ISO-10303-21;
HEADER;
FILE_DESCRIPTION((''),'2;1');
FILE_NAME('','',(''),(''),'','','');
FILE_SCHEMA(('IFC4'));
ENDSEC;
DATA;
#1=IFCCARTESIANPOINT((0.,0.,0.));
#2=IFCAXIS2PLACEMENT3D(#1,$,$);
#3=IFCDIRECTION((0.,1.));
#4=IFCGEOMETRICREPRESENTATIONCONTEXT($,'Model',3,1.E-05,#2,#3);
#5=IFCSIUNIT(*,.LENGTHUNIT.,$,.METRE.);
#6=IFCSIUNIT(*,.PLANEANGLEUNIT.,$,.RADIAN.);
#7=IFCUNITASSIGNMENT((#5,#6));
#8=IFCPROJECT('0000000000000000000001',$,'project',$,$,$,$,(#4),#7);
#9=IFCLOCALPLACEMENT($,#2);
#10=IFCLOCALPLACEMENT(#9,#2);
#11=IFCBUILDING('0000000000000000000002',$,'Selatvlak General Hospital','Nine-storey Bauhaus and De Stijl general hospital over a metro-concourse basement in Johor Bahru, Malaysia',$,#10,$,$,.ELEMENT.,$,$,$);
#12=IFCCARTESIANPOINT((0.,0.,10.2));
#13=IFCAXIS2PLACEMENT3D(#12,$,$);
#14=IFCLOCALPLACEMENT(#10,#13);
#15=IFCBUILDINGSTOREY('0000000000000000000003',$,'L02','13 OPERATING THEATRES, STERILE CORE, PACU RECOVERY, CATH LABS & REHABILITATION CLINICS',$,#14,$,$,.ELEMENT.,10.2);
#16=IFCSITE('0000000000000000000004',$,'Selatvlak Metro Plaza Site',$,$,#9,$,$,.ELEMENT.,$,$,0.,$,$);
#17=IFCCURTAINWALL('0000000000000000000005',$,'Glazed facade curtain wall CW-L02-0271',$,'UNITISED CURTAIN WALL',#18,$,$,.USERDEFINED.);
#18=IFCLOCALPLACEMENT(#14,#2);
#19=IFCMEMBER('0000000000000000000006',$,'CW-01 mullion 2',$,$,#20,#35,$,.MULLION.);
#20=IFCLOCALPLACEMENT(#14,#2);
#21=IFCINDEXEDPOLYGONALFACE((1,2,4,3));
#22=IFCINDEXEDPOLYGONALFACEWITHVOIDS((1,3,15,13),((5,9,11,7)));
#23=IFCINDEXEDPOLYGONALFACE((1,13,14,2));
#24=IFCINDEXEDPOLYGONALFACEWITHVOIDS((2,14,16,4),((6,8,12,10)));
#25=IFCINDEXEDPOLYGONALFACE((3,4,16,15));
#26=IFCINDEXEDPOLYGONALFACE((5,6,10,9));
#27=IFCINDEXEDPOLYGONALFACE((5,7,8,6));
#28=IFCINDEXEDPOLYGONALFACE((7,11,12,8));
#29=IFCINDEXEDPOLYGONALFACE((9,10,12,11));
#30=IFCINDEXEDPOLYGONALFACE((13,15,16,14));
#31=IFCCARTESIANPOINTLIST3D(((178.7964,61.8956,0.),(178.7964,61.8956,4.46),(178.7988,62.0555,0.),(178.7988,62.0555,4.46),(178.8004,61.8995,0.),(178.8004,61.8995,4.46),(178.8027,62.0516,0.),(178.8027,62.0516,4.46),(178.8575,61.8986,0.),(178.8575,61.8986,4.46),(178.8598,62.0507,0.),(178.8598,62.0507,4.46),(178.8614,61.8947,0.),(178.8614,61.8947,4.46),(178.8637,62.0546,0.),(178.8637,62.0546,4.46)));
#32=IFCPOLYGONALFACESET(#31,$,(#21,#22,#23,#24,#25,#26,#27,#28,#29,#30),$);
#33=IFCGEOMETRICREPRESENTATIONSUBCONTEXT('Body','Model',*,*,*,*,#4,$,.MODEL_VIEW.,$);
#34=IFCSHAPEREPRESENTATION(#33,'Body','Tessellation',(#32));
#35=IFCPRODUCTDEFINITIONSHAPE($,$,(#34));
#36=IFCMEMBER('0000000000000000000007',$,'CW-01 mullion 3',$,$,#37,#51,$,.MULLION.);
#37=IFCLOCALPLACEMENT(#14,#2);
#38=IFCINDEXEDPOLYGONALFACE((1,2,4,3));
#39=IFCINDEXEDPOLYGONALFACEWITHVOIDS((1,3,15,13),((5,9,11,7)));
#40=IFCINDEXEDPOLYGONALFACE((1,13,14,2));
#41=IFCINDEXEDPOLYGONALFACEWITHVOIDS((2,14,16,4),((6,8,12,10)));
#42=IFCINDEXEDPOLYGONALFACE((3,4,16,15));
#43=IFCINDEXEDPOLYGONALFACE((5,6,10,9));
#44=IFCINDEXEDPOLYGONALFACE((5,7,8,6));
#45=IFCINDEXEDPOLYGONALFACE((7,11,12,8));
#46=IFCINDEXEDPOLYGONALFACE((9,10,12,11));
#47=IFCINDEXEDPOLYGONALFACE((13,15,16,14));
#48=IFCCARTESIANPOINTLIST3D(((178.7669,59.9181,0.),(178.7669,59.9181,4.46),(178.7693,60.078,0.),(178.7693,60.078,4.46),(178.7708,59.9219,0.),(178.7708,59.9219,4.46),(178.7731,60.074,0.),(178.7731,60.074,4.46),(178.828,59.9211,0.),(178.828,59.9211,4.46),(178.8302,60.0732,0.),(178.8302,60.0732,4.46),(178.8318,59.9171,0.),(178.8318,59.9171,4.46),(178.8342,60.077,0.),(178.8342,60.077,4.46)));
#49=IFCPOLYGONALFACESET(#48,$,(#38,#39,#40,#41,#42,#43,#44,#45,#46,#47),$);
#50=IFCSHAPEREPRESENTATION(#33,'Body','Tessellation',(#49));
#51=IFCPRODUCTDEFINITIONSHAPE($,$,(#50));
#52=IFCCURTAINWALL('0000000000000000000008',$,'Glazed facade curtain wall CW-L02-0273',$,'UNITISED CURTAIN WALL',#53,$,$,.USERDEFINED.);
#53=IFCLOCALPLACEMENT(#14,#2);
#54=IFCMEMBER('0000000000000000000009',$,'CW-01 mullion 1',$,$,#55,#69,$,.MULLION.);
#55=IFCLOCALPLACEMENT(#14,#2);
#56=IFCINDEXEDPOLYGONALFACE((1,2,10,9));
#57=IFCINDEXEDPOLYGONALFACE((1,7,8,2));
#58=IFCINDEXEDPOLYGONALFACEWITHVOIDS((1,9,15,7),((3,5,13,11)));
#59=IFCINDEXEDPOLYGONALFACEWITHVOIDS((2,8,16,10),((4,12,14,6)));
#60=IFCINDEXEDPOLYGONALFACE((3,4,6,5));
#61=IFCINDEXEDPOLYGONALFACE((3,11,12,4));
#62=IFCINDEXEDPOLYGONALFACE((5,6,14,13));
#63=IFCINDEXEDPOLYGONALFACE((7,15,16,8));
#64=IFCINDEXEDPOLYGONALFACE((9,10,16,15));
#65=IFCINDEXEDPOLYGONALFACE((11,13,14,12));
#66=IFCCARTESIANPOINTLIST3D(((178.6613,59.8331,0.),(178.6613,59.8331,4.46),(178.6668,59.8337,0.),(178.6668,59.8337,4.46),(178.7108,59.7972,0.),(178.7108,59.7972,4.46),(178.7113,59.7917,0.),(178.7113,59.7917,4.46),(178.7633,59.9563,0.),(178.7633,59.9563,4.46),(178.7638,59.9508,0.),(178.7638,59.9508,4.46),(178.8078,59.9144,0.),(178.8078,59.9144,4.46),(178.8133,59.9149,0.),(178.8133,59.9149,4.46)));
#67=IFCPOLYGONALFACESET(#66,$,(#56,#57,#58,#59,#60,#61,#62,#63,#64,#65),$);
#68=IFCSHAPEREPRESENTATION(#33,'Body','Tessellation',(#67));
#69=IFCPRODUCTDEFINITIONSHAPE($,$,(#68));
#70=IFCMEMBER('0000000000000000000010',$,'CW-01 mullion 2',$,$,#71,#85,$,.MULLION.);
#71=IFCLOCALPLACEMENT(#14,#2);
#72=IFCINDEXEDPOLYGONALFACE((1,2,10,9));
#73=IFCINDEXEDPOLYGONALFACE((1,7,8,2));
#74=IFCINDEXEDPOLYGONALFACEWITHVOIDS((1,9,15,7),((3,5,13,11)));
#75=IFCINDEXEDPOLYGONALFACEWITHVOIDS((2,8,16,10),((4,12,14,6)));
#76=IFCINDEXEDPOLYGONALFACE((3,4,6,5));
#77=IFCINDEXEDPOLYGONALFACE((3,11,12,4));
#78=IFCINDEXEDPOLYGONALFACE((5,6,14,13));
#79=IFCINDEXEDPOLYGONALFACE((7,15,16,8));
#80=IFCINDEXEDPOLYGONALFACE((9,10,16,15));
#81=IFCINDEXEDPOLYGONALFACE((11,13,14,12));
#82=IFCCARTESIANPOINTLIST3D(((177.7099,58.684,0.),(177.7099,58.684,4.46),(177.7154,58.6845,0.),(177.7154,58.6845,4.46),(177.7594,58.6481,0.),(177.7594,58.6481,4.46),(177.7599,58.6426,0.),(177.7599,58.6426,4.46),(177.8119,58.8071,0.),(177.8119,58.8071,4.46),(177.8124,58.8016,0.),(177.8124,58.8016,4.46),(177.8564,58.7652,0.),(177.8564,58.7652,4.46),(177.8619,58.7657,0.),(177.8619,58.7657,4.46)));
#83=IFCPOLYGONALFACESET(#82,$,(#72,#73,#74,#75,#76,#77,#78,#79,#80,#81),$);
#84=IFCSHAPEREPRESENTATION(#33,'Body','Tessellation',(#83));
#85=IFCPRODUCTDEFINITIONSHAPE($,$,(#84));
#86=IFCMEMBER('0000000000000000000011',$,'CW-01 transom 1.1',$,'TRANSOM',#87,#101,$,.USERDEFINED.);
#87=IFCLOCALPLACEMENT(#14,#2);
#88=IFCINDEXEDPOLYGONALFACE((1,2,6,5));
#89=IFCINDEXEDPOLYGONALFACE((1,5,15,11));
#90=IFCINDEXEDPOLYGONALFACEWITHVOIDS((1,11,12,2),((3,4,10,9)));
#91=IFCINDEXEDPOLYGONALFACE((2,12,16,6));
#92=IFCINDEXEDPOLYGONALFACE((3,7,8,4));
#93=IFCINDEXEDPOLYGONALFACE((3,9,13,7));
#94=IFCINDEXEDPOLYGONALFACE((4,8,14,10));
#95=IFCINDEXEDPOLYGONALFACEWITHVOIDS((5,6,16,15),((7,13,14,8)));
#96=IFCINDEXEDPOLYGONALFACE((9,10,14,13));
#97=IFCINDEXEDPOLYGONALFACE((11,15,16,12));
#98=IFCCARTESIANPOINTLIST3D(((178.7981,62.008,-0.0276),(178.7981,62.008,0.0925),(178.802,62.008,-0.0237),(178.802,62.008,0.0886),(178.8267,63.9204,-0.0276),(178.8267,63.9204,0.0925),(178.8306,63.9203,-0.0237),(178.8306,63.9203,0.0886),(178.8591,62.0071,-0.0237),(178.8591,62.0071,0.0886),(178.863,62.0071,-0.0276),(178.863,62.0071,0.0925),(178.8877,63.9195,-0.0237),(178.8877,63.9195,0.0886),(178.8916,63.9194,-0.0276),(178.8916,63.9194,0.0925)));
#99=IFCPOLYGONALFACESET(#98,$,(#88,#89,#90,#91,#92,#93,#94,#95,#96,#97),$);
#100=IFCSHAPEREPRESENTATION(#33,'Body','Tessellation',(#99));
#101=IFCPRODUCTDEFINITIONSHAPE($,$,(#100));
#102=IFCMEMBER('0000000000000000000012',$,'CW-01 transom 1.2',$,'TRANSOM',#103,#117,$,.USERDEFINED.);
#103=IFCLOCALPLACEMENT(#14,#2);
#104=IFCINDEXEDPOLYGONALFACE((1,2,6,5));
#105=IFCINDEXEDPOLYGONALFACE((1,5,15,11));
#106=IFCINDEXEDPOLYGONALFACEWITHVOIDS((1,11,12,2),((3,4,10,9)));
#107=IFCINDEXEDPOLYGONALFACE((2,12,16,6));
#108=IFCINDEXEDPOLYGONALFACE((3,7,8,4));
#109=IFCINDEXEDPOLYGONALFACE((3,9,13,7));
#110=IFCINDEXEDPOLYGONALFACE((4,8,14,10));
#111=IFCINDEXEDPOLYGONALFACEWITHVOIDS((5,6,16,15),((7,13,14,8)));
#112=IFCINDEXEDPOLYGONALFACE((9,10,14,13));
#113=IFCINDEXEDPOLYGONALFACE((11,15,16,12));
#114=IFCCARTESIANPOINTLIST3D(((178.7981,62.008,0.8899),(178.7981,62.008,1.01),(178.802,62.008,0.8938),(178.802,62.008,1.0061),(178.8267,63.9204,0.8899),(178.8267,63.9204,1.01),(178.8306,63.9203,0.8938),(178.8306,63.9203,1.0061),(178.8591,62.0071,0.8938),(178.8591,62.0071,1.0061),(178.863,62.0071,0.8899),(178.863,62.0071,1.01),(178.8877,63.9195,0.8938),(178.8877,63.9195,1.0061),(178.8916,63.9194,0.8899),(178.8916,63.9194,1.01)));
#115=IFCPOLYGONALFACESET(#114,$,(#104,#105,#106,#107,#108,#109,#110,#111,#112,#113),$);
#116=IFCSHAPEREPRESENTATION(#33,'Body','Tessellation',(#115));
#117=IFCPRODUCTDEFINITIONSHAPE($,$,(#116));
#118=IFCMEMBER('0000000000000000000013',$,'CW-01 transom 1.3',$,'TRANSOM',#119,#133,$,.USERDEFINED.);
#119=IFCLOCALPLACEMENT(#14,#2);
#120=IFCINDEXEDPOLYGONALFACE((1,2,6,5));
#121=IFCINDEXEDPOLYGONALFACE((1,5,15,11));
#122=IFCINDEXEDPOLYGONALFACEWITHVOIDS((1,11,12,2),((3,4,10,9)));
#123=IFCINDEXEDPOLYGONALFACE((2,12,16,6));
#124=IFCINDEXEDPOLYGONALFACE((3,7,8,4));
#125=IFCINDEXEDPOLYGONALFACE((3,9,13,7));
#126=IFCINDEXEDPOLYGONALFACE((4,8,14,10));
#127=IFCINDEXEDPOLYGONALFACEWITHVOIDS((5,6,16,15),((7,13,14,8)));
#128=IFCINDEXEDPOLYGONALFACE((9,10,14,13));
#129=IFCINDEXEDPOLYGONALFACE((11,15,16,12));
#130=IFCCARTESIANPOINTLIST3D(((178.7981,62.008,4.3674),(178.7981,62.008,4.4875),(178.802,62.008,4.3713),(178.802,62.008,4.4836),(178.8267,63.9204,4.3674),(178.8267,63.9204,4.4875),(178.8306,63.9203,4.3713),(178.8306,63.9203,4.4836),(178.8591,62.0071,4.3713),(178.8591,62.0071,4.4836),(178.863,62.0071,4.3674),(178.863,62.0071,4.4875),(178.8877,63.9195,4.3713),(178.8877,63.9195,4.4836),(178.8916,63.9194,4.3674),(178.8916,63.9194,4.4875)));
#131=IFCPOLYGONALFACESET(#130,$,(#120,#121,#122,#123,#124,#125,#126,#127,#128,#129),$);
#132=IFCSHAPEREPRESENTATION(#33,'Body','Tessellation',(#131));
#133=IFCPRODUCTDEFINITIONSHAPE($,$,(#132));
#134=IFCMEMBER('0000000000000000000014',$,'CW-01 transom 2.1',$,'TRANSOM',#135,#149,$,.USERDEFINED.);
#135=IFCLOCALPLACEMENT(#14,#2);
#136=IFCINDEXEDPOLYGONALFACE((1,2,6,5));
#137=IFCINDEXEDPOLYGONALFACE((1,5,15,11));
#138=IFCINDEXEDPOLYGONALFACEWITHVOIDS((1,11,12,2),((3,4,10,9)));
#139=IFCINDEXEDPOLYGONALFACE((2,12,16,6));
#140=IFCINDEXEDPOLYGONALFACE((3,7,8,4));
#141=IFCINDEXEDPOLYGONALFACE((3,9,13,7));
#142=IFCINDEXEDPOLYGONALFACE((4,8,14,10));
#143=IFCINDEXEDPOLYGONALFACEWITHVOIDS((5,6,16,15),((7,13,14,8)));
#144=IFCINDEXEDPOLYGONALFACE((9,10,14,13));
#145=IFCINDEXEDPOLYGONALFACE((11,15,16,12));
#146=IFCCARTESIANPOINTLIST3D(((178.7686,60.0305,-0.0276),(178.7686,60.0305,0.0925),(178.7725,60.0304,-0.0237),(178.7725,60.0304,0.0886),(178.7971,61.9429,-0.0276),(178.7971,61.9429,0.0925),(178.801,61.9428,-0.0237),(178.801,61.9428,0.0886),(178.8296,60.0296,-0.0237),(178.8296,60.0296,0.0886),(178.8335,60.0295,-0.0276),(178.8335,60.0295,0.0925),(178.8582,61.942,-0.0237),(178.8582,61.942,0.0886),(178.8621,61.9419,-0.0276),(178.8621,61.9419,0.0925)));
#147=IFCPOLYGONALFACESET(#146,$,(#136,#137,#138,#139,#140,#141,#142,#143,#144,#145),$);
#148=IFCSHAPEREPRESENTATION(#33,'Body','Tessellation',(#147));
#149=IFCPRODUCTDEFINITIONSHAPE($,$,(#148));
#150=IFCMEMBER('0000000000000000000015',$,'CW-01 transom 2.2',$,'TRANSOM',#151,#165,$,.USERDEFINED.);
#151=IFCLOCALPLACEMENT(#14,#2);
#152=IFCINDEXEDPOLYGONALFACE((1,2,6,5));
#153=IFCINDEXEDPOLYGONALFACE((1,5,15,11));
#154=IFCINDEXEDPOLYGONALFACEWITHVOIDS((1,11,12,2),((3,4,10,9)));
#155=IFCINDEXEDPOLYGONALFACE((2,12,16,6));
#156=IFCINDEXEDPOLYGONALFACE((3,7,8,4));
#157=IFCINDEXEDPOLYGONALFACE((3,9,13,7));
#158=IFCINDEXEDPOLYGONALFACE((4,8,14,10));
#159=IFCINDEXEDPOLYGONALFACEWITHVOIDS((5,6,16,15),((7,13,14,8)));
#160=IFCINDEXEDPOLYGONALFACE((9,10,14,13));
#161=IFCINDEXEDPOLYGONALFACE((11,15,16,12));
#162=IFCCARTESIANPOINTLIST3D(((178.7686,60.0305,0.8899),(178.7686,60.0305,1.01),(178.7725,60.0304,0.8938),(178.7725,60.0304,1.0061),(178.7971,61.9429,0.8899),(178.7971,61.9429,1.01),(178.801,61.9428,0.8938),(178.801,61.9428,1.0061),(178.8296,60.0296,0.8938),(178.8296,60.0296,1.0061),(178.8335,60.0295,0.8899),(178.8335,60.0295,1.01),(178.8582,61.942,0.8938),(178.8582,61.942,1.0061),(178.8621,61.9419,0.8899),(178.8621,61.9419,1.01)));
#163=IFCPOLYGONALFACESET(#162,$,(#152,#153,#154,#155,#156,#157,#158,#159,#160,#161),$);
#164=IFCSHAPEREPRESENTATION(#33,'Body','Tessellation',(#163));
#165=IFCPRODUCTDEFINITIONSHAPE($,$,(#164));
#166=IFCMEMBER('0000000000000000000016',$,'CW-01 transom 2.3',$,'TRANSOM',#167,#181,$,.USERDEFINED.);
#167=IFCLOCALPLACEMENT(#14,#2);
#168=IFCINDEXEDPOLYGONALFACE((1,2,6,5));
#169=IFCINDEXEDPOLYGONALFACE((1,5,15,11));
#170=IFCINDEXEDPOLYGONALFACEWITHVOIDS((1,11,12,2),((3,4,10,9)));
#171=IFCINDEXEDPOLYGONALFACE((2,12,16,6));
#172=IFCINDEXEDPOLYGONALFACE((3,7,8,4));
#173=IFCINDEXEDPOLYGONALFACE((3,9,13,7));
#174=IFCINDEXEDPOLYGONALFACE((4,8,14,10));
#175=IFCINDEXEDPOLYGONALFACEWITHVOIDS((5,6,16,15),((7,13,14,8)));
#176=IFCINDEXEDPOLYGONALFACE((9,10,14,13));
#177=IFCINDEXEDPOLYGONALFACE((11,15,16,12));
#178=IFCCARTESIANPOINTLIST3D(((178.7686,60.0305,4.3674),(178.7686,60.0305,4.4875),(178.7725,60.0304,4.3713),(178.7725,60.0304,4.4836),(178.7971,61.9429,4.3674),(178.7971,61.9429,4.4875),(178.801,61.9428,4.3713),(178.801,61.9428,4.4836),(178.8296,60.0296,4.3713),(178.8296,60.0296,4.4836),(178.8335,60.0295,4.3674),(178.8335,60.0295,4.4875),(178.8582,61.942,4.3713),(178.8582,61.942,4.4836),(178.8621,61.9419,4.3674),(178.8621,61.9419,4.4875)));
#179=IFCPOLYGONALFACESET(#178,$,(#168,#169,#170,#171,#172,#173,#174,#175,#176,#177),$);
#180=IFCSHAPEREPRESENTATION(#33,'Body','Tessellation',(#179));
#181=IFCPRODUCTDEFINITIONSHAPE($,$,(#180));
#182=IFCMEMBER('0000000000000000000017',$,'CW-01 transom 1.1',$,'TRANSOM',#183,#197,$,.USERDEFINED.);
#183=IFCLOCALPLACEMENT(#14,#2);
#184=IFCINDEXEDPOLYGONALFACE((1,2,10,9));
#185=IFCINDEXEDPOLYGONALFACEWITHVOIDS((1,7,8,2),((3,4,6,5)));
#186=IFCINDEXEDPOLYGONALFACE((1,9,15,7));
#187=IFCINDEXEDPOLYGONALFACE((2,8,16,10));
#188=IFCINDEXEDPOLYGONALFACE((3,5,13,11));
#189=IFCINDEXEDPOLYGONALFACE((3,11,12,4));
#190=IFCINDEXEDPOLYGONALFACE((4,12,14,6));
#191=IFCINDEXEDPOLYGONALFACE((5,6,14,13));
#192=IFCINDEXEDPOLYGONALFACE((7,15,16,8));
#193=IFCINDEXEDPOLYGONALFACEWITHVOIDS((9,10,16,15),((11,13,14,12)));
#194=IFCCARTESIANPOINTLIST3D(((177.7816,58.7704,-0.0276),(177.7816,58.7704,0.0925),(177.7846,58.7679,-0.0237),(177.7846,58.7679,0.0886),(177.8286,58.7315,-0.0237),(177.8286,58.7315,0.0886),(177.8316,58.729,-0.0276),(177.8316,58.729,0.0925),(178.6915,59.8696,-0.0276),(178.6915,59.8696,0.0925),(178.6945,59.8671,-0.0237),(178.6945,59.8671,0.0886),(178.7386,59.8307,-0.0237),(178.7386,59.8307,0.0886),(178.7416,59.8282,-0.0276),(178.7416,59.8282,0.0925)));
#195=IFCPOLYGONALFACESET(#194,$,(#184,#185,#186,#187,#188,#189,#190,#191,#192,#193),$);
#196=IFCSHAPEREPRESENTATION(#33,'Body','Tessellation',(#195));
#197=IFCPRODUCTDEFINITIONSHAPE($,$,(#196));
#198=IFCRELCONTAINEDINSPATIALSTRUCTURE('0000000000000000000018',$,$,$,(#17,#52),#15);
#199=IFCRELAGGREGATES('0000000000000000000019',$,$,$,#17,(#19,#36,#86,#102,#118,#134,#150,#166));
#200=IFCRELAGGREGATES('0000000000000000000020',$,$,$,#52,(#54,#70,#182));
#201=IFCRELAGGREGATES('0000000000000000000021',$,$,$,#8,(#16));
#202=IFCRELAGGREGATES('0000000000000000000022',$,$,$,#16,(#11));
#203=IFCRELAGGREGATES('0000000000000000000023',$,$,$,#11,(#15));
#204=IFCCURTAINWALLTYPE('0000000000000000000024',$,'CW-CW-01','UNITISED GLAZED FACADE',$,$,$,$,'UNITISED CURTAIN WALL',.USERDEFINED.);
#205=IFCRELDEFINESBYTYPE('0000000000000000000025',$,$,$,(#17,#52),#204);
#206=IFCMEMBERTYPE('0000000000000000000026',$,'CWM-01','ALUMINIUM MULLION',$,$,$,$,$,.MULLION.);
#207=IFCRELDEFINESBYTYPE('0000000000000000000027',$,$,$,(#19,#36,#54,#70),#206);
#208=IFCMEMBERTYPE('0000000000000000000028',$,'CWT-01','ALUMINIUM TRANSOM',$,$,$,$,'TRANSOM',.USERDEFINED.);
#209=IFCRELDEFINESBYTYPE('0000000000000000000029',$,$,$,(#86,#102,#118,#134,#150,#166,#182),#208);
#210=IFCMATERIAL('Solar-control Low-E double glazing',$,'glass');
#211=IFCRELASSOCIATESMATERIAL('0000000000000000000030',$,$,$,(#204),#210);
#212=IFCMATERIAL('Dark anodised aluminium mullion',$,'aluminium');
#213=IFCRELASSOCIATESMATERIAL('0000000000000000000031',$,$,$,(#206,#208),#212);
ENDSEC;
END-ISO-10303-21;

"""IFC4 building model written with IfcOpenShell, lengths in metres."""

from ifc_helpers import new_model, si_unit, direction, frame, origin, origin_2d, place, context, subcontext, project, spatial, hollow_rectangle, extrude, material, material_profile, profile_set, type_object, element, aggregate, save


model = new_model("IFC4")

# Units and contexts
model_context = context("Model", 3, precision=1e-05, world=origin(), true_north=direction((0.0, 1.0)))
body_context = subcontext(model_context, "Body", "Model", "MODEL_VIEW")
ifc_project = project(units=[si_unit("LENGTHUNIT", "METRE"), si_unit("PLANEANGLEUNIT", "RADIAN")], contexts=[model_context])

# Site, building, storey
site_placement = place(None, origin())
site = spatial("IfcSite", under=ifc_project, at=site_placement, Name="Selatvlak Metro Plaza Site", CompositionType="ELEMENT", RefElevation=0.0)
building_placement = place(site_placement, origin())
building = spatial("IfcBuilding", under=site, at=building_placement, Name="Selatvlak General Hospital", Description="Nine-storey Bauhaus and De Stijl general hospital over a metro-concourse basement in Johor Bahru, Malaysia", CompositionType="ELEMENT")
storey_placement = place(building_placement, frame((0.0, 0.0, 10.2)))
storey = spatial("IfcBuildingStorey", under=building, at=storey_placement, Name="L02", Description="13 OPERATING THEATRES, STERILE CORE, PACU RECOVERY, CATH LABS & REHABILITATION CLINICS", CompositionType="ELEMENT", Elevation=10.2)

# Curtain walls, members
ifc_material_1 = material(Name="Solar-control Low-E double glazing", Category="glass")
curtain_wall_type = type_object("IfcCurtainWallType", Name="CW-CW-01", Description="UNITISED GLAZED FACADE", ElementType="UNITISED CURTAIN WALL", PredefinedType="USERDEFINED", material=ifc_material_1)
curtain_wall_1_placement = place(storey_placement, origin())
curtain_wall_1 = element("IfcCurtainWall", 1, at=curtain_wall_1_placement, inside=storey, type_object=curtain_wall_type, Name="Glazed facade curtain wall CW-L02-0271", ObjectType="UNITISED CURTAIN WALL", PredefinedType="USERDEFINED")
ifc_material_2 = material(Name="Dark anodised aluminium mullion", Category="aluminium")
ifc_material_profile_1 = material_profile(ifc_material_2, hollow_rectangle(XDim=0.0649, YDim=0.1599, WallThickness=0.0039, at=origin_2d()), Name="AL-MUL 65x160x4")
ifc_profile_set_1 = profile_set([ifc_material_profile_1], Name="Dark anodised aluminium mullion")
member_type_1 = type_object("IfcMemberType", Name="CWM-01", Description="ALUMINIUM MULLION", PredefinedType="MULLION", material=ifc_profile_set_1)
member_1_placement = place(storey_placement, frame((178.8301, 61.9751, 0.0), z_axis=(0.0, 0.0, 1.0), x_axis=(0.999889, -0.014924, 0.0)))
member_1 = element("IfcMember", 2, at=member_1_placement, type_object=member_type_1, Name="CW-01 mullion 2", PredefinedType="MULLION", context=body_context, shape_type="SweptSolid", body=[
    extrude(hollow_rectangle(XDim=0.0649, YDim=0.1599, WallThickness=0.0039, at=origin_2d()), origin(), (0.0, 0.0, 1.0), 4.46),
])
member_2_placement = place(storey_placement, frame((178.8005, 59.9976, 0.0), z_axis=(0.0, 0.0, 1.0), x_axis=(0.999889, -0.014924, 0.0)))
member_2 = element("IfcMember", 3, at=member_2_placement, type_object=member_type_1, Name="CW-01 mullion 3", PredefinedType="MULLION", context=body_context, shape_type="SweptSolid", body=[
    extrude(hollow_rectangle(XDim=0.0649, YDim=0.1599, WallThickness=0.0039, at=origin_2d()), origin(), (0.0, 0.0, 1.0), 4.46),
])
curtain_wall_2_placement = place(storey_placement, origin())
curtain_wall_2 = element("IfcCurtainWall", 4, at=curtain_wall_2_placement, inside=storey, type_object=curtain_wall_type, Name="Glazed facade curtain wall CW-L02-0273", ObjectType="UNITISED CURTAIN WALL", PredefinedType="USERDEFINED")
member_3_placement = place(storey_placement, frame((178.7373, 59.874, 0.0), z_axis=(0.0, 0.0, 1.0), x_axis=(0.770252, -0.63774, 0.0)))
member_3 = element("IfcMember", 5, at=member_3_placement, type_object=member_type_1, Name="CW-01 mullion 1", PredefinedType="MULLION", context=body_context, shape_type="SweptSolid", body=[
    extrude(hollow_rectangle(XDim=0.0649, YDim=0.1599, WallThickness=0.0039, at=origin_2d()), origin(), (0.0, 0.0, 1.0), 4.46),
])
member_4_placement = place(storey_placement, frame((177.7859, 58.7249, 0.0), z_axis=(0.0, 0.0, 1.0), x_axis=(0.770252, -0.63774, 0.0)))
member_4 = element("IfcMember", 6, at=member_4_placement, type_object=member_type_1, Name="CW-01 mullion 2", PredefinedType="MULLION", context=body_context, shape_type="SweptSolid", body=[
    extrude(hollow_rectangle(XDim=0.0649, YDim=0.1599, WallThickness=0.0039, at=origin_2d()), origin(), (0.0, 0.0, 1.0), 4.46),
])

# Members
ifc_material_profile_2 = material_profile(ifc_material_2, hollow_rectangle(XDim=0.0649, YDim=0.1201, WallThickness=0.0039, at=origin_2d()), Name="AL-TRN 65x120x4")
ifc_profile_set_2 = profile_set([ifc_material_profile_2], Name="Dark anodised aluminium mullion")
member_type_2 = type_object("IfcMemberType", Name="CWT-01", Description="ALUMINIUM TRANSOM", ElementType="TRANSOM", PredefinedType="USERDEFINED", material=ifc_profile_set_2)
member_5_placement = place(storey_placement, frame((178.8591, 63.9199, 0.0325), z_axis=(-0.014935, -0.999888, 0.0), x_axis=(0.999888, -0.014935, 0.0)))
member_5 = element("IfcMember", 7, at=member_5_placement, type_object=member_type_2, Name="CW-01 transom 1.1", ObjectType="TRANSOM", PredefinedType="USERDEFINED", context=body_context, shape_type="SweptSolid", body=[
    extrude(hollow_rectangle(XDim=0.0649, YDim=0.1201, WallThickness=0.0039, at=origin_2d()), origin(), (0.0, 0.0, 1.0), 1.9126),
])
member_6_placement = place(storey_placement, frame((178.8591, 63.9199, 0.95), z_axis=(-0.014935, -0.999888, 0.0), x_axis=(0.999888, -0.014935, 0.0)))
member_6 = element("IfcMember", 8, at=member_6_placement, type_object=member_type_2, Name="CW-01 transom 1.2", ObjectType="TRANSOM", PredefinedType="USERDEFINED", context=body_context, shape_type="SweptSolid", body=[
    extrude(hollow_rectangle(XDim=0.0649, YDim=0.1201, WallThickness=0.0039, at=origin_2d()), origin(), (0.0, 0.0, 1.0), 1.9126),
])
member_7_placement = place(storey_placement, frame((178.8591, 63.9199, 4.4275), z_axis=(-0.014935, -0.999888, 0.0), x_axis=(0.999888, -0.014935, 0.0)))
member_7 = element("IfcMember", 9, at=member_7_placement, type_object=member_type_2, Name="CW-01 transom 1.3", ObjectType="TRANSOM", PredefinedType="USERDEFINED", context=body_context, shape_type="SweptSolid", body=[
    extrude(hollow_rectangle(XDim=0.0649, YDim=0.1201, WallThickness=0.0039, at=origin_2d()), origin(), (0.0, 0.0, 1.0), 1.9126),
])
member_8_placement = place(storey_placement, frame((178.8296, 61.9424, 0.0325), z_axis=(-0.014935, -0.999888, 0.0), x_axis=(0.999888, -0.014935, 0.0)))
member_8 = element("IfcMember", 10, at=member_8_placement, type_object=member_type_2, Name="CW-01 transom 2.1", ObjectType="TRANSOM", PredefinedType="USERDEFINED", context=body_context, shape_type="SweptSolid", body=[
    extrude(hollow_rectangle(XDim=0.0649, YDim=0.1201, WallThickness=0.0039, at=origin_2d()), origin(), (0.0, 0.0, 1.0), 1.9126),
])
member_9_placement = place(storey_placement, frame((178.8296, 61.9424, 0.95), z_axis=(-0.014935, -0.999888, 0.0), x_axis=(0.999888, -0.014935, 0.0)))
member_9 = element("IfcMember", 11, at=member_9_placement, type_object=member_type_2, Name="CW-01 transom 2.2", ObjectType="TRANSOM", PredefinedType="USERDEFINED", context=body_context, shape_type="SweptSolid", body=[
    extrude(hollow_rectangle(XDim=0.0649, YDim=0.1201, WallThickness=0.0039, at=origin_2d()), origin(), (0.0, 0.0, 1.0), 1.9126),
])
member_10_placement = place(storey_placement, frame((178.8296, 61.9424, 4.4275), z_axis=(-0.014935, -0.999888, 0.0), x_axis=(0.999888, -0.014935, 0.0)))
member_10 = element("IfcMember", 12, at=member_10_placement, type_object=member_type_2, Name="CW-01 transom 2.3", ObjectType="TRANSOM", PredefinedType="USERDEFINED", context=body_context, shape_type="SweptSolid", body=[
    extrude(hollow_rectangle(XDim=0.0649, YDim=0.1201, WallThickness=0.0039, at=origin_2d()), origin(), (0.0, 0.0, 1.0), 1.9126),
])
member_11_placement = place(storey_placement, frame((178.7166, 59.8489, 0.0325), z_axis=(-0.63769, -0.770293, 0.0), x_axis=(0.770293, -0.63769, 0.0)))
member_11 = element("IfcMember", 13, at=member_11_placement, type_object=member_type_2, Name="CW-01 transom 1.1", ObjectType="TRANSOM", PredefinedType="USERDEFINED", context=body_context, shape_type="SweptSolid", body=[
    extrude(hollow_rectangle(XDim=0.0649, YDim=0.1201, WallThickness=0.0039, at=origin_2d()), origin(), (0.0, 0.0, 1.0), 1.427),
])

aggregate(curtain_wall_1, [member_1, member_2, member_5, member_6, member_7, member_8, member_9, member_10])
aggregate(curtain_wall_2, [member_3, member_4, member_11])

save(model, "model.ifc")
